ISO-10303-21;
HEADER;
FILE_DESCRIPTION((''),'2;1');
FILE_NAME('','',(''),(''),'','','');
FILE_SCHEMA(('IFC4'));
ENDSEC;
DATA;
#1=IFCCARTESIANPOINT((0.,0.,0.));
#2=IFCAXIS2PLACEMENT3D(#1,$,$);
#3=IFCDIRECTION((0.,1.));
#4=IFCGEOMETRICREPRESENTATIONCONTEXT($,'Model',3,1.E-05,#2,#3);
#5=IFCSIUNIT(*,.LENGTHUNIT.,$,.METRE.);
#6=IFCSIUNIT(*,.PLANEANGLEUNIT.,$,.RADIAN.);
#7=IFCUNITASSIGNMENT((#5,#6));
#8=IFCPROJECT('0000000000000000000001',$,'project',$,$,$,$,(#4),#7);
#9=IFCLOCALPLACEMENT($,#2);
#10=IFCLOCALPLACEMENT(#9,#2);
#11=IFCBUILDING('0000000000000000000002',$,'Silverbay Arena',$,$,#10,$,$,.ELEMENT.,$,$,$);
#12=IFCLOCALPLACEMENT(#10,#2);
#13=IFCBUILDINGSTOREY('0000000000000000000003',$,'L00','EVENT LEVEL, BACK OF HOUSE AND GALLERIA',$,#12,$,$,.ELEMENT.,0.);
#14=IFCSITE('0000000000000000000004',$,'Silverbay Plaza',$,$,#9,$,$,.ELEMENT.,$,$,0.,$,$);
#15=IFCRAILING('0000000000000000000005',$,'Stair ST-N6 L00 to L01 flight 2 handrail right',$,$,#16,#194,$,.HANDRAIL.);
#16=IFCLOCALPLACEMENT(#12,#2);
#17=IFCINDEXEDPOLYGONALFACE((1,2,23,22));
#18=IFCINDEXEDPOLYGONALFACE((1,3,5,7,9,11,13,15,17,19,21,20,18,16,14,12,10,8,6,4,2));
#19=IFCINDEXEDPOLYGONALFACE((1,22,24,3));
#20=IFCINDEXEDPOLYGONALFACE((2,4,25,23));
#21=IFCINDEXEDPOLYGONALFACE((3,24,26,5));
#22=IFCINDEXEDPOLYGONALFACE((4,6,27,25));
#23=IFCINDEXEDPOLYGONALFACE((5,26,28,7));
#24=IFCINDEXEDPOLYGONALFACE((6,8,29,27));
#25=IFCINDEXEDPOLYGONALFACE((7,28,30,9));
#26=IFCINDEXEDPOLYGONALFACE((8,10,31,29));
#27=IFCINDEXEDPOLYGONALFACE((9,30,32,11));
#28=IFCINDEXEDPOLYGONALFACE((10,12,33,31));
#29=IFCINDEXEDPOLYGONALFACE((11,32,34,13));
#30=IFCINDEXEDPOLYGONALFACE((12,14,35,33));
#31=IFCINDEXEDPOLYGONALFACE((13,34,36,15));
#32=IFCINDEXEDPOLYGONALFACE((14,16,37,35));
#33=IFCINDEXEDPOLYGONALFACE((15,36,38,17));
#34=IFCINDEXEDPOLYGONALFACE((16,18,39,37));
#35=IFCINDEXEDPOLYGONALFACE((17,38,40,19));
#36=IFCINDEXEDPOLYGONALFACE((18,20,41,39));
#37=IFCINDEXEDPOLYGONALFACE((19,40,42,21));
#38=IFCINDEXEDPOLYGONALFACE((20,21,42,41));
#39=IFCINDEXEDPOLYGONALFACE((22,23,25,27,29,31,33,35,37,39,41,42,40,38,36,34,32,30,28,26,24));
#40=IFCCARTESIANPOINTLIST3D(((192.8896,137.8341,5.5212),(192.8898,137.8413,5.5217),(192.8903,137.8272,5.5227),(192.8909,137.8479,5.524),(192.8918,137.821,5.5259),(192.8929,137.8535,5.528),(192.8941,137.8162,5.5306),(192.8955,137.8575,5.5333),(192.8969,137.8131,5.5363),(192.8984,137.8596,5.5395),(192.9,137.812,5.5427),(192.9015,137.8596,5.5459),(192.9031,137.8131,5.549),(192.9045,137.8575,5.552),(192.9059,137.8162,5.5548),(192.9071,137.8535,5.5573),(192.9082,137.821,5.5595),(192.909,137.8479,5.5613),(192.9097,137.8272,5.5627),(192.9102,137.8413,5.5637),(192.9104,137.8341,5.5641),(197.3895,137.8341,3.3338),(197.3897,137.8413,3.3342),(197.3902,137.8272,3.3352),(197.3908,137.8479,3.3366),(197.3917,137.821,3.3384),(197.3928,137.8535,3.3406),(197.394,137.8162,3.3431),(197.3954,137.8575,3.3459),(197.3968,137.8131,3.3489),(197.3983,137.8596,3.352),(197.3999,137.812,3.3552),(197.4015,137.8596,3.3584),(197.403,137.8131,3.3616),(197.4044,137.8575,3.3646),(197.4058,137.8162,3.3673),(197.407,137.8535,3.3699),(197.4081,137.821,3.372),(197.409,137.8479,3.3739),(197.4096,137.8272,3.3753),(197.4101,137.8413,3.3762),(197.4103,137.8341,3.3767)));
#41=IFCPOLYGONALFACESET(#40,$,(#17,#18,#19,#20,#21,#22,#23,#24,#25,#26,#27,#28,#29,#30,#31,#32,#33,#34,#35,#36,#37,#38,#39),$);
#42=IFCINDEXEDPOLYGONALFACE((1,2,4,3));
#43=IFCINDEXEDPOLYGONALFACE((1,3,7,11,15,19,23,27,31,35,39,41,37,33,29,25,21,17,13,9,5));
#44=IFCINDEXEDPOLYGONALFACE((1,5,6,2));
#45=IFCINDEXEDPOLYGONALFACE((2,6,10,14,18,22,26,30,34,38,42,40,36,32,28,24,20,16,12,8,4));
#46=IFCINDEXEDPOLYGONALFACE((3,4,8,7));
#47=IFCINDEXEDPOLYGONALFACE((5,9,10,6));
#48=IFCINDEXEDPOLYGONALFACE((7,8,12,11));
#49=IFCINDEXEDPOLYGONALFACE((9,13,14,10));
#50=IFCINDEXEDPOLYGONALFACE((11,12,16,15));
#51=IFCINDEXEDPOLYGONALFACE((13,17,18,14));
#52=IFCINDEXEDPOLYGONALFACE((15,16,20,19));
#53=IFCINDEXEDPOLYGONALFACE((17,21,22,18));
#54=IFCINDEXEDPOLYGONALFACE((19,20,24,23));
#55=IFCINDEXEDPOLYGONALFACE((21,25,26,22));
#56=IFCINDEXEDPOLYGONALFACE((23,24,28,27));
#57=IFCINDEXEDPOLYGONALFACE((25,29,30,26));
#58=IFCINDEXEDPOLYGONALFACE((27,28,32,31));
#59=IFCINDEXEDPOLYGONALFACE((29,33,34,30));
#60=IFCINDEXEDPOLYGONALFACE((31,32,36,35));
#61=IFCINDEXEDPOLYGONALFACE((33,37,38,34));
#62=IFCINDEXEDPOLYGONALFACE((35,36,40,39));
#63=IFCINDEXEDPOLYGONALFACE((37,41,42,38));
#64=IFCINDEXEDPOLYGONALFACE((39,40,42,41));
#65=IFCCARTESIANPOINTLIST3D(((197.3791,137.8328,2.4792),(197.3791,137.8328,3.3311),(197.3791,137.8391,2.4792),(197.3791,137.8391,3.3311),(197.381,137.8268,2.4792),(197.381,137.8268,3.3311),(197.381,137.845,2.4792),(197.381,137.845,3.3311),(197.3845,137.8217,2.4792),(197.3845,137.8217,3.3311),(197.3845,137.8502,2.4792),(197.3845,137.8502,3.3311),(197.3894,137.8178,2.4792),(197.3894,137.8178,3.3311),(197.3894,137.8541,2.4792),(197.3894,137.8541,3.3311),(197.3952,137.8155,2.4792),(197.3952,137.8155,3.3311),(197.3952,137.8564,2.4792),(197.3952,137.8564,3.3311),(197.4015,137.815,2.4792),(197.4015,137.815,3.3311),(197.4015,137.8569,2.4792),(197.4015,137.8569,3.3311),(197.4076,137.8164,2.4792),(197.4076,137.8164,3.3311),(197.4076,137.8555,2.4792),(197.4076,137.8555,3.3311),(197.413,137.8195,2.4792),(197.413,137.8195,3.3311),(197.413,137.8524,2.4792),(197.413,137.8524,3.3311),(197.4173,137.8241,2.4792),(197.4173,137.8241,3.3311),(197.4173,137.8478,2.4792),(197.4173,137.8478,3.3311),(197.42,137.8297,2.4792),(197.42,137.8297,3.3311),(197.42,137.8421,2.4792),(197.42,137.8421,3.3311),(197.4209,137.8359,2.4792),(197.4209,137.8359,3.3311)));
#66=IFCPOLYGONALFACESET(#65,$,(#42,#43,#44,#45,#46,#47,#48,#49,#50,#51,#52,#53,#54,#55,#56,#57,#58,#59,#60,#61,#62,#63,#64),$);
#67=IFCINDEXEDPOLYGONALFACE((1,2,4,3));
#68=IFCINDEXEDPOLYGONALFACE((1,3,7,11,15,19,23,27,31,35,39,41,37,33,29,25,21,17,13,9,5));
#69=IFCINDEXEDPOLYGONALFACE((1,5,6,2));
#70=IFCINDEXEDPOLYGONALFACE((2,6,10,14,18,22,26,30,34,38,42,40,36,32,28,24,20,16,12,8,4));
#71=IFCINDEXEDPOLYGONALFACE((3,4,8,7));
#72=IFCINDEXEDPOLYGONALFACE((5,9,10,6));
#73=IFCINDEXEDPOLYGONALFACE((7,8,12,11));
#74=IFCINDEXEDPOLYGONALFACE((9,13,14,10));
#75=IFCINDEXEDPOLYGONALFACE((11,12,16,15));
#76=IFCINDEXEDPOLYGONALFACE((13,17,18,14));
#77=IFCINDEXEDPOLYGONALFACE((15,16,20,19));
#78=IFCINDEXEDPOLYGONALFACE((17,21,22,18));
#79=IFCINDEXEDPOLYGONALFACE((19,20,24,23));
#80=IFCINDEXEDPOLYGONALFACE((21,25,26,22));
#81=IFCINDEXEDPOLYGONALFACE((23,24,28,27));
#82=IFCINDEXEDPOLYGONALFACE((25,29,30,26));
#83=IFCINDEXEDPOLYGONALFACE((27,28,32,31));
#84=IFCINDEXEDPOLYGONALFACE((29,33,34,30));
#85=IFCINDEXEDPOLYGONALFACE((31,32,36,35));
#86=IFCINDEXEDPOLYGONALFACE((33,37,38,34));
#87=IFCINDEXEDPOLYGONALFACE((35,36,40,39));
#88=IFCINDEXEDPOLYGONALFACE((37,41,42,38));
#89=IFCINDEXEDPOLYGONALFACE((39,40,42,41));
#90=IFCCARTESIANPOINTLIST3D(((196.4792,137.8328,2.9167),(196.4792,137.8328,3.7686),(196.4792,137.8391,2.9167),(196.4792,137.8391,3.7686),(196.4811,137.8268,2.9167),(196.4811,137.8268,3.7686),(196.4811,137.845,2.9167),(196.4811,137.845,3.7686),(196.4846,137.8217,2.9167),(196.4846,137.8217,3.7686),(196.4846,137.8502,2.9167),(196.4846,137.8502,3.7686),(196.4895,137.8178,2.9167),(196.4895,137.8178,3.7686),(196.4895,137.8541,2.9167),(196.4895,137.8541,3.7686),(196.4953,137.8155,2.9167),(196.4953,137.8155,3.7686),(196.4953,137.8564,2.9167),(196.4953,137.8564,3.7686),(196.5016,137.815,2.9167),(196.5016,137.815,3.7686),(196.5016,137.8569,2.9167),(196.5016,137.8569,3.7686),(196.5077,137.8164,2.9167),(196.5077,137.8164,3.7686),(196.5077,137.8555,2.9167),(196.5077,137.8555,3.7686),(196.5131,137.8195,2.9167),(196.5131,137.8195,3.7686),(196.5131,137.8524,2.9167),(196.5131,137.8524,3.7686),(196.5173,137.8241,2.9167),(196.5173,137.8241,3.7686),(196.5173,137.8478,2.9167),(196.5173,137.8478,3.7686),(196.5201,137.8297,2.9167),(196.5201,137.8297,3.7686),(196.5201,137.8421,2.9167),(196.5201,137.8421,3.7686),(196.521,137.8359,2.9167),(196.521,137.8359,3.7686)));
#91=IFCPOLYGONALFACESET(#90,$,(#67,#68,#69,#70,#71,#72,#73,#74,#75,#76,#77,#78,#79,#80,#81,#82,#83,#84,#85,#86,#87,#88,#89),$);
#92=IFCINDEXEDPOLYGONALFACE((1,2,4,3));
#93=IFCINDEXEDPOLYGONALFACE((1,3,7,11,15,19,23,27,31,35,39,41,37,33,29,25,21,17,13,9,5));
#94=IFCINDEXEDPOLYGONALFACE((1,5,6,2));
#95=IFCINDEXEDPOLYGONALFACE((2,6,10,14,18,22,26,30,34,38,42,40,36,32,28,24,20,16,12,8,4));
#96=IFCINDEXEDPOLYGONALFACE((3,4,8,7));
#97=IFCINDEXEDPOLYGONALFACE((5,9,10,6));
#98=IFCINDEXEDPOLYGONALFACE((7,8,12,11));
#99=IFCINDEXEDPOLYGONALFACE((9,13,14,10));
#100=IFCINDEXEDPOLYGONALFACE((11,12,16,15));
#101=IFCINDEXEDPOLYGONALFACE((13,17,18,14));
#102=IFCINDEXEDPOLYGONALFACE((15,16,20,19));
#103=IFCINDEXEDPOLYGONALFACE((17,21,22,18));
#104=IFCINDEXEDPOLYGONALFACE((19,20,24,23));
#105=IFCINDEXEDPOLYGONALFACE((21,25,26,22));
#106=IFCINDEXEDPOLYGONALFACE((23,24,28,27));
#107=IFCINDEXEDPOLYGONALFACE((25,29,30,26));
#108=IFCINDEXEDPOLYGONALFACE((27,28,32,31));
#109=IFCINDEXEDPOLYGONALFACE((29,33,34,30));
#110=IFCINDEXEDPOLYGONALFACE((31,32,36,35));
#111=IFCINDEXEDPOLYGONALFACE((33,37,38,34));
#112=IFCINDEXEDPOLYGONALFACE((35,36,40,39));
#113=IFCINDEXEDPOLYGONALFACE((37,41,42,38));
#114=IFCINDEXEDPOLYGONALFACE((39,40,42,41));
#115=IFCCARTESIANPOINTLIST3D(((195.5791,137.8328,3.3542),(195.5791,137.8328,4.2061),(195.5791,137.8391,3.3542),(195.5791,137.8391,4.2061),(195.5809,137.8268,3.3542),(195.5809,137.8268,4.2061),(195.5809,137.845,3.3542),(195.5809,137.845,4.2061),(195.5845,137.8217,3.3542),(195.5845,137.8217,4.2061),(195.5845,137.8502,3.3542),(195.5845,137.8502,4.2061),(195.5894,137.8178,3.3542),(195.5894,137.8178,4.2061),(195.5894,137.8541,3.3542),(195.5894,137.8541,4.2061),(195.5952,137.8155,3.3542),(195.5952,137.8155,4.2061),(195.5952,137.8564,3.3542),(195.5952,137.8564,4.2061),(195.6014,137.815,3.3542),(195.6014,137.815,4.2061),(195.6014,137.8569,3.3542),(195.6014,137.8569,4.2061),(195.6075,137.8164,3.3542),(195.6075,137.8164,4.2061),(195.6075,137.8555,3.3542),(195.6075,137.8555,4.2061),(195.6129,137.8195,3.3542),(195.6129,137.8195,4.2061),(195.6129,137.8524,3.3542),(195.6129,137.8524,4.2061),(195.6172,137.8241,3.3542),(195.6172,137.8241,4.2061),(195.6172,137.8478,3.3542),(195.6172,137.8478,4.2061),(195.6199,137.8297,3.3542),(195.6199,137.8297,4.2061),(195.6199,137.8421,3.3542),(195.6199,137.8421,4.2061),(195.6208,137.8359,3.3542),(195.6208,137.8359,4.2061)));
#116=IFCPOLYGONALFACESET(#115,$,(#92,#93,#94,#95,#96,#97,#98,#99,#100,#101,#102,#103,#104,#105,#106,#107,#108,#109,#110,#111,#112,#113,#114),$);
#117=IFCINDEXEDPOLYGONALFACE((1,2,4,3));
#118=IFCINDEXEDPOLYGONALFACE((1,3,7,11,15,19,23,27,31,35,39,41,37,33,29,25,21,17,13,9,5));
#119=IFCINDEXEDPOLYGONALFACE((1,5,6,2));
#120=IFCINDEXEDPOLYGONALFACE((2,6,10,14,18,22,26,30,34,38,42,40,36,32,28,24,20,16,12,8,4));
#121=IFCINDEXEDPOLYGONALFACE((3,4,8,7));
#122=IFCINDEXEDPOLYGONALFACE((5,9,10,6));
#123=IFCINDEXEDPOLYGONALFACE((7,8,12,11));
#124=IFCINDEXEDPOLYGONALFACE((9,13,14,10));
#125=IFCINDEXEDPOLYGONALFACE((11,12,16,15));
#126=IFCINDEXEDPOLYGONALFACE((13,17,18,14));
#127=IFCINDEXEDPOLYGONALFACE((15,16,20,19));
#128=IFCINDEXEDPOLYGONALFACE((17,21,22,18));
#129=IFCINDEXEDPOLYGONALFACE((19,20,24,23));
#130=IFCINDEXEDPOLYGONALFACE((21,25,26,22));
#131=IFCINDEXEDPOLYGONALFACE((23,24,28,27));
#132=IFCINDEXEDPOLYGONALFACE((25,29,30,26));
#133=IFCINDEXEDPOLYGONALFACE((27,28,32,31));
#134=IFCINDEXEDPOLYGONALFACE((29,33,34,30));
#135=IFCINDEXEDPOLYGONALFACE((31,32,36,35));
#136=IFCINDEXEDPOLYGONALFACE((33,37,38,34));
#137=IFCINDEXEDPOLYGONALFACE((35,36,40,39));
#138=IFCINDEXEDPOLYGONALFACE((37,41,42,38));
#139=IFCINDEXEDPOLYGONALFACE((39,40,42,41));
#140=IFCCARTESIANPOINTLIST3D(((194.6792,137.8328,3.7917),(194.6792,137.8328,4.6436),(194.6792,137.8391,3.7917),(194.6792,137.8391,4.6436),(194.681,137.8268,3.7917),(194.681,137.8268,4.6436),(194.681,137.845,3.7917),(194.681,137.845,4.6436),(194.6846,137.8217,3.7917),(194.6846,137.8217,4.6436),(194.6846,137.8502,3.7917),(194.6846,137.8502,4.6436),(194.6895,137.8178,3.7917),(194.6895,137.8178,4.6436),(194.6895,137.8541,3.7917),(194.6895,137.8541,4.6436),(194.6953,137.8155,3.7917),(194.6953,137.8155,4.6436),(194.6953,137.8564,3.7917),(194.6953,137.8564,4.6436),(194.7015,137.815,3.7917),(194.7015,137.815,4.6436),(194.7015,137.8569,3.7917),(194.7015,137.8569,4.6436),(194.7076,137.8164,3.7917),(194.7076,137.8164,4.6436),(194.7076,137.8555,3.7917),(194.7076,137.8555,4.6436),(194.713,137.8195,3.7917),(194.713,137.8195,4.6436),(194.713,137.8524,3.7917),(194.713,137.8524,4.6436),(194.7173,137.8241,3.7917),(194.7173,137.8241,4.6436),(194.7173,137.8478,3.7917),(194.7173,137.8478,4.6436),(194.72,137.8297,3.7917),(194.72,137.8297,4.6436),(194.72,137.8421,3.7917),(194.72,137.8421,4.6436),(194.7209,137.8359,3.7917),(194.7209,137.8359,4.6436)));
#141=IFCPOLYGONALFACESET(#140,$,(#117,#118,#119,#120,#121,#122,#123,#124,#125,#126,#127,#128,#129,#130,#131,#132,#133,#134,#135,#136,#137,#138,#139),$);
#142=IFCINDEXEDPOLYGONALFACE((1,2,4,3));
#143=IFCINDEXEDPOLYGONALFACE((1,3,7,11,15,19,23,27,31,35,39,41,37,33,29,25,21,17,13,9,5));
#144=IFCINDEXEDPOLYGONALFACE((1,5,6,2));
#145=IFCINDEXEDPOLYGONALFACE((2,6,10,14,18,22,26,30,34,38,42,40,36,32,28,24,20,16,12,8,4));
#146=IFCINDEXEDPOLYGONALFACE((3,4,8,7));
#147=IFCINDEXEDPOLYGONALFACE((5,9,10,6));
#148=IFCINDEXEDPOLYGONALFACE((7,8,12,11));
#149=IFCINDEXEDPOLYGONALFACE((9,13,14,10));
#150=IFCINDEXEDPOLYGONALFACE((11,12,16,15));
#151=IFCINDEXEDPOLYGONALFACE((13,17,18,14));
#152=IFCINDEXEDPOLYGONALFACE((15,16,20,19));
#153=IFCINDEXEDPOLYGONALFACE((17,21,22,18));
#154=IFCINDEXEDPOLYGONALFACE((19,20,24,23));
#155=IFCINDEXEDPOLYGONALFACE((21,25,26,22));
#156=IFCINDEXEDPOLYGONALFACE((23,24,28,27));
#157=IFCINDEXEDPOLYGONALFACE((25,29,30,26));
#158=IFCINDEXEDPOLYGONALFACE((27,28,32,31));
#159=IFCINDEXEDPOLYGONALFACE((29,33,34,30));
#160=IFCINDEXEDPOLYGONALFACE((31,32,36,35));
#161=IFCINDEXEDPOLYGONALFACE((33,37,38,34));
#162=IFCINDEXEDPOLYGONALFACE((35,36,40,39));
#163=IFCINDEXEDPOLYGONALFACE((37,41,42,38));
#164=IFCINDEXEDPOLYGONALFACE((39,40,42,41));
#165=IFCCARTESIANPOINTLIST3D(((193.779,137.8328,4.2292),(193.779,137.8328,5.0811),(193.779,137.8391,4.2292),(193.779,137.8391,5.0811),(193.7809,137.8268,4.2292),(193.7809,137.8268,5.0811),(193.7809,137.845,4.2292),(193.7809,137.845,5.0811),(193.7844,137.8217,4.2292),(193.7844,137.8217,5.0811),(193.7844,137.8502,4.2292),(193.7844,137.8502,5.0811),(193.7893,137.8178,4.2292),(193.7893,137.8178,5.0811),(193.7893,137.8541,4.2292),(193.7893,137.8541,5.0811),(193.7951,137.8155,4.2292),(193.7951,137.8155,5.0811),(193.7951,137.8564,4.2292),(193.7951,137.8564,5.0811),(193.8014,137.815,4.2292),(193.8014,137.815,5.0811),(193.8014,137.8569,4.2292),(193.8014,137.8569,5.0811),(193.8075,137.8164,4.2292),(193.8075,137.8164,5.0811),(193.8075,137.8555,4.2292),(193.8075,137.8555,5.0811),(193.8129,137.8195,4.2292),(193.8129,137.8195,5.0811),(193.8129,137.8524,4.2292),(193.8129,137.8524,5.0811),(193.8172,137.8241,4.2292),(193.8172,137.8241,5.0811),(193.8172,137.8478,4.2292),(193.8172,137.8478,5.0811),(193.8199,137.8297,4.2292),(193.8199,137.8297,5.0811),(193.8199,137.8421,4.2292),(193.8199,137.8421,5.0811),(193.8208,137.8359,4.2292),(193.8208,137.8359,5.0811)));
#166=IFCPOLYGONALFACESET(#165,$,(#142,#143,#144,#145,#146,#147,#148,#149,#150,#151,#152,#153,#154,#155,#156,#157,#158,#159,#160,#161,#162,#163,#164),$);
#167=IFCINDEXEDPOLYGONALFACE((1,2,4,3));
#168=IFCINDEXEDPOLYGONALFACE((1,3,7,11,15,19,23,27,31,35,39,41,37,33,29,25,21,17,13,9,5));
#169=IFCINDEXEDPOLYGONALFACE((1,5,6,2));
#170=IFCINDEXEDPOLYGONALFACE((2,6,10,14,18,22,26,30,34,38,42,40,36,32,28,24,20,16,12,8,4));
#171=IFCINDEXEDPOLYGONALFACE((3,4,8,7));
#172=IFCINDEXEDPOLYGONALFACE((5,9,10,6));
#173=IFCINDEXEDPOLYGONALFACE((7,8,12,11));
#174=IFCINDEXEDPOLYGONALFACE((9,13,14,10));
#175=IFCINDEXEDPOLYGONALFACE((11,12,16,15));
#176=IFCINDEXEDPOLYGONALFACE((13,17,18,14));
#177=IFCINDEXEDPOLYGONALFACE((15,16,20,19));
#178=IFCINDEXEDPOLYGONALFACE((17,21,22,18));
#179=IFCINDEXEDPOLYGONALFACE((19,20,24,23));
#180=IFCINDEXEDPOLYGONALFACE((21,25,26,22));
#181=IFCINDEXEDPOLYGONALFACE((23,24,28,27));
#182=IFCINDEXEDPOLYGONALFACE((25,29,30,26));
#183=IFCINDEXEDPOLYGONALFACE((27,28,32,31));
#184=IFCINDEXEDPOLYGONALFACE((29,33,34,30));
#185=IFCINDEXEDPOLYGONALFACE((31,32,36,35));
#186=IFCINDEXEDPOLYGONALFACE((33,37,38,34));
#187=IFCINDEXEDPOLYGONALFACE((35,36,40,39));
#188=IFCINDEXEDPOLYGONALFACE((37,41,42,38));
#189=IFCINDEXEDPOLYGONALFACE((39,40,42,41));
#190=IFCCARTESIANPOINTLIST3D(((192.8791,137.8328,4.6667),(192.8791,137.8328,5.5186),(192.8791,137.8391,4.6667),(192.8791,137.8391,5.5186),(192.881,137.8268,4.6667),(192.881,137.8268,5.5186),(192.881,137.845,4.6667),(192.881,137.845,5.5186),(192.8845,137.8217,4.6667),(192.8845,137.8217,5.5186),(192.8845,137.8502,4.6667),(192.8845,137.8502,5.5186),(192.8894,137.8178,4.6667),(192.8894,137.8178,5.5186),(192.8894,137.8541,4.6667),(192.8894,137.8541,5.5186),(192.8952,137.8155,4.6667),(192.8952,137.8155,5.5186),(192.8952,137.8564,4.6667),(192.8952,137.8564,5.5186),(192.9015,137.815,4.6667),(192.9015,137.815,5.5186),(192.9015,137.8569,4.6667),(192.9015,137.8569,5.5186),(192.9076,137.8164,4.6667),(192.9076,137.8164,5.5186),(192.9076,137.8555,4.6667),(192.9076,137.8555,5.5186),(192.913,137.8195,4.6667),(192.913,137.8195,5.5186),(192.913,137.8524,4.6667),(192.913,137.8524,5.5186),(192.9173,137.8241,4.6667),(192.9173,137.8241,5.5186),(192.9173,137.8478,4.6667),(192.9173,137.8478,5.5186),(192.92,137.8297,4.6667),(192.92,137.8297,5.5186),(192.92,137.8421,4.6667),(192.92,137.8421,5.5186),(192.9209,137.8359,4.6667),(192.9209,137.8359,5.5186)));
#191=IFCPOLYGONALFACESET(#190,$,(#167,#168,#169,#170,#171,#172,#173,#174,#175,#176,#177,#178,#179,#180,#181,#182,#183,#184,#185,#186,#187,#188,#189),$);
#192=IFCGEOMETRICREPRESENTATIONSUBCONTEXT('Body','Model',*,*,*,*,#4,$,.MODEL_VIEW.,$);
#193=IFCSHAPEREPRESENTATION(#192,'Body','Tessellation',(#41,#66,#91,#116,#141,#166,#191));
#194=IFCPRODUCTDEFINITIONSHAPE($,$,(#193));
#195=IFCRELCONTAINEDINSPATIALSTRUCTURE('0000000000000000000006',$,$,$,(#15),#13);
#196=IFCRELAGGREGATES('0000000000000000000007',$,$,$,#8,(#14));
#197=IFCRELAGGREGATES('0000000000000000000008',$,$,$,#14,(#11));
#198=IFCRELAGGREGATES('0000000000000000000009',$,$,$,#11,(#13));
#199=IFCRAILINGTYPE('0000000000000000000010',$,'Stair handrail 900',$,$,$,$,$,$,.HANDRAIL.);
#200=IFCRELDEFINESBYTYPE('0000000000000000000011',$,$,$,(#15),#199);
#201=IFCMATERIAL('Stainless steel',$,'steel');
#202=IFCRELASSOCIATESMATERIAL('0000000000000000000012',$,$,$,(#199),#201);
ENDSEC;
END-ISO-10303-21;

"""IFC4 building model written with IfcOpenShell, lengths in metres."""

from ifc_helpers import new_model, si_unit, direction, frame, origin, origin_2d, place, context, subcontext, project, spatial, circle, extrude, material, type_object, element, save


model = new_model("IFC4")

# Units and contexts
model_context = context("Model", 3, precision=1e-05, world=origin(), true_north=direction((0.0, 1.0)))
body_context = subcontext(model_context, "Body", "Model", "MODEL_VIEW")
ifc_project = project(units=[si_unit("LENGTHUNIT", "METRE"), si_unit("PLANEANGLEUNIT", "RADIAN")], contexts=[model_context])

# Site, building, storey
site_placement = place(None, origin())
site = spatial("IfcSite", under=ifc_project, at=site_placement, Name="Silverbay Plaza", CompositionType="ELEMENT", RefElevation=0.0)
building_placement = place(site_placement, origin())
building = spatial("IfcBuilding", under=site, at=building_placement, Name="Silverbay Arena", CompositionType="ELEMENT")
storey_placement = place(building_placement, origin())
storey = spatial("IfcBuildingStorey", under=building, at=storey_placement, Name="L00", Description="EVENT LEVEL, BACK OF HOUSE AND GALLERIA", CompositionType="ELEMENT", Elevation=0.0)

# Railing
ifc_material_1 = material(Name="Stainless steel", Category="steel")
railing_type_1 = type_object("IfcRailingType", Name="Stair handrail 900", PredefinedType="HANDRAIL", material=ifc_material_1)
railing_1_placement = place(storey_placement, frame((197.3999, 137.8359, 2.4792)))
element("IfcRailing", 1, at=railing_1_placement, inside=storey, type_object=railing_type_1, Name="Stair ST-N6 L00 to L01 flight 2 handrail right", PredefinedType="HANDRAIL", context=body_context, shape_type="SweptSolid", body=[
    extrude(circle(Radius=0.0239, at=origin_2d()), frame((0.0, 0.0, 0.876), z_axis=(-0.899368, 0.0, 0.437193), x_axis=(0.0, -1.0, 0.0)), (0.0, 0.0, 1.0), 5.0034),
    extrude(circle(Radius=0.021, at=origin_2d()), origin(), (0.0, 0.0, 1.0), 0.8518),
    extrude(circle(Radius=0.021, at=origin_2d()), frame((-0.8999, 0.0, 0.4375)), (0.0, 0.0, 1.0), 0.8518),
    extrude(circle(Radius=0.021, at=origin_2d()), frame((-1.8, 0.0, 0.875)), (0.0, 0.0, 1.0), 0.8518),
    extrude(circle(Radius=0.021, at=origin_2d()), frame((-2.7, 0.0, 1.3125)), (0.0, 0.0, 1.0), 0.8518),
    extrude(circle(Radius=0.021, at=origin_2d()), frame((-3.6001, 0.0, 1.75)), (0.0, 0.0, 1.0), 0.8518),
    extrude(circle(Radius=0.021, at=origin_2d()), frame((-4.5, 0.0, 2.1875)), (0.0, 0.0, 1.0), 0.8518),
])

save(model, "model.ifc")
